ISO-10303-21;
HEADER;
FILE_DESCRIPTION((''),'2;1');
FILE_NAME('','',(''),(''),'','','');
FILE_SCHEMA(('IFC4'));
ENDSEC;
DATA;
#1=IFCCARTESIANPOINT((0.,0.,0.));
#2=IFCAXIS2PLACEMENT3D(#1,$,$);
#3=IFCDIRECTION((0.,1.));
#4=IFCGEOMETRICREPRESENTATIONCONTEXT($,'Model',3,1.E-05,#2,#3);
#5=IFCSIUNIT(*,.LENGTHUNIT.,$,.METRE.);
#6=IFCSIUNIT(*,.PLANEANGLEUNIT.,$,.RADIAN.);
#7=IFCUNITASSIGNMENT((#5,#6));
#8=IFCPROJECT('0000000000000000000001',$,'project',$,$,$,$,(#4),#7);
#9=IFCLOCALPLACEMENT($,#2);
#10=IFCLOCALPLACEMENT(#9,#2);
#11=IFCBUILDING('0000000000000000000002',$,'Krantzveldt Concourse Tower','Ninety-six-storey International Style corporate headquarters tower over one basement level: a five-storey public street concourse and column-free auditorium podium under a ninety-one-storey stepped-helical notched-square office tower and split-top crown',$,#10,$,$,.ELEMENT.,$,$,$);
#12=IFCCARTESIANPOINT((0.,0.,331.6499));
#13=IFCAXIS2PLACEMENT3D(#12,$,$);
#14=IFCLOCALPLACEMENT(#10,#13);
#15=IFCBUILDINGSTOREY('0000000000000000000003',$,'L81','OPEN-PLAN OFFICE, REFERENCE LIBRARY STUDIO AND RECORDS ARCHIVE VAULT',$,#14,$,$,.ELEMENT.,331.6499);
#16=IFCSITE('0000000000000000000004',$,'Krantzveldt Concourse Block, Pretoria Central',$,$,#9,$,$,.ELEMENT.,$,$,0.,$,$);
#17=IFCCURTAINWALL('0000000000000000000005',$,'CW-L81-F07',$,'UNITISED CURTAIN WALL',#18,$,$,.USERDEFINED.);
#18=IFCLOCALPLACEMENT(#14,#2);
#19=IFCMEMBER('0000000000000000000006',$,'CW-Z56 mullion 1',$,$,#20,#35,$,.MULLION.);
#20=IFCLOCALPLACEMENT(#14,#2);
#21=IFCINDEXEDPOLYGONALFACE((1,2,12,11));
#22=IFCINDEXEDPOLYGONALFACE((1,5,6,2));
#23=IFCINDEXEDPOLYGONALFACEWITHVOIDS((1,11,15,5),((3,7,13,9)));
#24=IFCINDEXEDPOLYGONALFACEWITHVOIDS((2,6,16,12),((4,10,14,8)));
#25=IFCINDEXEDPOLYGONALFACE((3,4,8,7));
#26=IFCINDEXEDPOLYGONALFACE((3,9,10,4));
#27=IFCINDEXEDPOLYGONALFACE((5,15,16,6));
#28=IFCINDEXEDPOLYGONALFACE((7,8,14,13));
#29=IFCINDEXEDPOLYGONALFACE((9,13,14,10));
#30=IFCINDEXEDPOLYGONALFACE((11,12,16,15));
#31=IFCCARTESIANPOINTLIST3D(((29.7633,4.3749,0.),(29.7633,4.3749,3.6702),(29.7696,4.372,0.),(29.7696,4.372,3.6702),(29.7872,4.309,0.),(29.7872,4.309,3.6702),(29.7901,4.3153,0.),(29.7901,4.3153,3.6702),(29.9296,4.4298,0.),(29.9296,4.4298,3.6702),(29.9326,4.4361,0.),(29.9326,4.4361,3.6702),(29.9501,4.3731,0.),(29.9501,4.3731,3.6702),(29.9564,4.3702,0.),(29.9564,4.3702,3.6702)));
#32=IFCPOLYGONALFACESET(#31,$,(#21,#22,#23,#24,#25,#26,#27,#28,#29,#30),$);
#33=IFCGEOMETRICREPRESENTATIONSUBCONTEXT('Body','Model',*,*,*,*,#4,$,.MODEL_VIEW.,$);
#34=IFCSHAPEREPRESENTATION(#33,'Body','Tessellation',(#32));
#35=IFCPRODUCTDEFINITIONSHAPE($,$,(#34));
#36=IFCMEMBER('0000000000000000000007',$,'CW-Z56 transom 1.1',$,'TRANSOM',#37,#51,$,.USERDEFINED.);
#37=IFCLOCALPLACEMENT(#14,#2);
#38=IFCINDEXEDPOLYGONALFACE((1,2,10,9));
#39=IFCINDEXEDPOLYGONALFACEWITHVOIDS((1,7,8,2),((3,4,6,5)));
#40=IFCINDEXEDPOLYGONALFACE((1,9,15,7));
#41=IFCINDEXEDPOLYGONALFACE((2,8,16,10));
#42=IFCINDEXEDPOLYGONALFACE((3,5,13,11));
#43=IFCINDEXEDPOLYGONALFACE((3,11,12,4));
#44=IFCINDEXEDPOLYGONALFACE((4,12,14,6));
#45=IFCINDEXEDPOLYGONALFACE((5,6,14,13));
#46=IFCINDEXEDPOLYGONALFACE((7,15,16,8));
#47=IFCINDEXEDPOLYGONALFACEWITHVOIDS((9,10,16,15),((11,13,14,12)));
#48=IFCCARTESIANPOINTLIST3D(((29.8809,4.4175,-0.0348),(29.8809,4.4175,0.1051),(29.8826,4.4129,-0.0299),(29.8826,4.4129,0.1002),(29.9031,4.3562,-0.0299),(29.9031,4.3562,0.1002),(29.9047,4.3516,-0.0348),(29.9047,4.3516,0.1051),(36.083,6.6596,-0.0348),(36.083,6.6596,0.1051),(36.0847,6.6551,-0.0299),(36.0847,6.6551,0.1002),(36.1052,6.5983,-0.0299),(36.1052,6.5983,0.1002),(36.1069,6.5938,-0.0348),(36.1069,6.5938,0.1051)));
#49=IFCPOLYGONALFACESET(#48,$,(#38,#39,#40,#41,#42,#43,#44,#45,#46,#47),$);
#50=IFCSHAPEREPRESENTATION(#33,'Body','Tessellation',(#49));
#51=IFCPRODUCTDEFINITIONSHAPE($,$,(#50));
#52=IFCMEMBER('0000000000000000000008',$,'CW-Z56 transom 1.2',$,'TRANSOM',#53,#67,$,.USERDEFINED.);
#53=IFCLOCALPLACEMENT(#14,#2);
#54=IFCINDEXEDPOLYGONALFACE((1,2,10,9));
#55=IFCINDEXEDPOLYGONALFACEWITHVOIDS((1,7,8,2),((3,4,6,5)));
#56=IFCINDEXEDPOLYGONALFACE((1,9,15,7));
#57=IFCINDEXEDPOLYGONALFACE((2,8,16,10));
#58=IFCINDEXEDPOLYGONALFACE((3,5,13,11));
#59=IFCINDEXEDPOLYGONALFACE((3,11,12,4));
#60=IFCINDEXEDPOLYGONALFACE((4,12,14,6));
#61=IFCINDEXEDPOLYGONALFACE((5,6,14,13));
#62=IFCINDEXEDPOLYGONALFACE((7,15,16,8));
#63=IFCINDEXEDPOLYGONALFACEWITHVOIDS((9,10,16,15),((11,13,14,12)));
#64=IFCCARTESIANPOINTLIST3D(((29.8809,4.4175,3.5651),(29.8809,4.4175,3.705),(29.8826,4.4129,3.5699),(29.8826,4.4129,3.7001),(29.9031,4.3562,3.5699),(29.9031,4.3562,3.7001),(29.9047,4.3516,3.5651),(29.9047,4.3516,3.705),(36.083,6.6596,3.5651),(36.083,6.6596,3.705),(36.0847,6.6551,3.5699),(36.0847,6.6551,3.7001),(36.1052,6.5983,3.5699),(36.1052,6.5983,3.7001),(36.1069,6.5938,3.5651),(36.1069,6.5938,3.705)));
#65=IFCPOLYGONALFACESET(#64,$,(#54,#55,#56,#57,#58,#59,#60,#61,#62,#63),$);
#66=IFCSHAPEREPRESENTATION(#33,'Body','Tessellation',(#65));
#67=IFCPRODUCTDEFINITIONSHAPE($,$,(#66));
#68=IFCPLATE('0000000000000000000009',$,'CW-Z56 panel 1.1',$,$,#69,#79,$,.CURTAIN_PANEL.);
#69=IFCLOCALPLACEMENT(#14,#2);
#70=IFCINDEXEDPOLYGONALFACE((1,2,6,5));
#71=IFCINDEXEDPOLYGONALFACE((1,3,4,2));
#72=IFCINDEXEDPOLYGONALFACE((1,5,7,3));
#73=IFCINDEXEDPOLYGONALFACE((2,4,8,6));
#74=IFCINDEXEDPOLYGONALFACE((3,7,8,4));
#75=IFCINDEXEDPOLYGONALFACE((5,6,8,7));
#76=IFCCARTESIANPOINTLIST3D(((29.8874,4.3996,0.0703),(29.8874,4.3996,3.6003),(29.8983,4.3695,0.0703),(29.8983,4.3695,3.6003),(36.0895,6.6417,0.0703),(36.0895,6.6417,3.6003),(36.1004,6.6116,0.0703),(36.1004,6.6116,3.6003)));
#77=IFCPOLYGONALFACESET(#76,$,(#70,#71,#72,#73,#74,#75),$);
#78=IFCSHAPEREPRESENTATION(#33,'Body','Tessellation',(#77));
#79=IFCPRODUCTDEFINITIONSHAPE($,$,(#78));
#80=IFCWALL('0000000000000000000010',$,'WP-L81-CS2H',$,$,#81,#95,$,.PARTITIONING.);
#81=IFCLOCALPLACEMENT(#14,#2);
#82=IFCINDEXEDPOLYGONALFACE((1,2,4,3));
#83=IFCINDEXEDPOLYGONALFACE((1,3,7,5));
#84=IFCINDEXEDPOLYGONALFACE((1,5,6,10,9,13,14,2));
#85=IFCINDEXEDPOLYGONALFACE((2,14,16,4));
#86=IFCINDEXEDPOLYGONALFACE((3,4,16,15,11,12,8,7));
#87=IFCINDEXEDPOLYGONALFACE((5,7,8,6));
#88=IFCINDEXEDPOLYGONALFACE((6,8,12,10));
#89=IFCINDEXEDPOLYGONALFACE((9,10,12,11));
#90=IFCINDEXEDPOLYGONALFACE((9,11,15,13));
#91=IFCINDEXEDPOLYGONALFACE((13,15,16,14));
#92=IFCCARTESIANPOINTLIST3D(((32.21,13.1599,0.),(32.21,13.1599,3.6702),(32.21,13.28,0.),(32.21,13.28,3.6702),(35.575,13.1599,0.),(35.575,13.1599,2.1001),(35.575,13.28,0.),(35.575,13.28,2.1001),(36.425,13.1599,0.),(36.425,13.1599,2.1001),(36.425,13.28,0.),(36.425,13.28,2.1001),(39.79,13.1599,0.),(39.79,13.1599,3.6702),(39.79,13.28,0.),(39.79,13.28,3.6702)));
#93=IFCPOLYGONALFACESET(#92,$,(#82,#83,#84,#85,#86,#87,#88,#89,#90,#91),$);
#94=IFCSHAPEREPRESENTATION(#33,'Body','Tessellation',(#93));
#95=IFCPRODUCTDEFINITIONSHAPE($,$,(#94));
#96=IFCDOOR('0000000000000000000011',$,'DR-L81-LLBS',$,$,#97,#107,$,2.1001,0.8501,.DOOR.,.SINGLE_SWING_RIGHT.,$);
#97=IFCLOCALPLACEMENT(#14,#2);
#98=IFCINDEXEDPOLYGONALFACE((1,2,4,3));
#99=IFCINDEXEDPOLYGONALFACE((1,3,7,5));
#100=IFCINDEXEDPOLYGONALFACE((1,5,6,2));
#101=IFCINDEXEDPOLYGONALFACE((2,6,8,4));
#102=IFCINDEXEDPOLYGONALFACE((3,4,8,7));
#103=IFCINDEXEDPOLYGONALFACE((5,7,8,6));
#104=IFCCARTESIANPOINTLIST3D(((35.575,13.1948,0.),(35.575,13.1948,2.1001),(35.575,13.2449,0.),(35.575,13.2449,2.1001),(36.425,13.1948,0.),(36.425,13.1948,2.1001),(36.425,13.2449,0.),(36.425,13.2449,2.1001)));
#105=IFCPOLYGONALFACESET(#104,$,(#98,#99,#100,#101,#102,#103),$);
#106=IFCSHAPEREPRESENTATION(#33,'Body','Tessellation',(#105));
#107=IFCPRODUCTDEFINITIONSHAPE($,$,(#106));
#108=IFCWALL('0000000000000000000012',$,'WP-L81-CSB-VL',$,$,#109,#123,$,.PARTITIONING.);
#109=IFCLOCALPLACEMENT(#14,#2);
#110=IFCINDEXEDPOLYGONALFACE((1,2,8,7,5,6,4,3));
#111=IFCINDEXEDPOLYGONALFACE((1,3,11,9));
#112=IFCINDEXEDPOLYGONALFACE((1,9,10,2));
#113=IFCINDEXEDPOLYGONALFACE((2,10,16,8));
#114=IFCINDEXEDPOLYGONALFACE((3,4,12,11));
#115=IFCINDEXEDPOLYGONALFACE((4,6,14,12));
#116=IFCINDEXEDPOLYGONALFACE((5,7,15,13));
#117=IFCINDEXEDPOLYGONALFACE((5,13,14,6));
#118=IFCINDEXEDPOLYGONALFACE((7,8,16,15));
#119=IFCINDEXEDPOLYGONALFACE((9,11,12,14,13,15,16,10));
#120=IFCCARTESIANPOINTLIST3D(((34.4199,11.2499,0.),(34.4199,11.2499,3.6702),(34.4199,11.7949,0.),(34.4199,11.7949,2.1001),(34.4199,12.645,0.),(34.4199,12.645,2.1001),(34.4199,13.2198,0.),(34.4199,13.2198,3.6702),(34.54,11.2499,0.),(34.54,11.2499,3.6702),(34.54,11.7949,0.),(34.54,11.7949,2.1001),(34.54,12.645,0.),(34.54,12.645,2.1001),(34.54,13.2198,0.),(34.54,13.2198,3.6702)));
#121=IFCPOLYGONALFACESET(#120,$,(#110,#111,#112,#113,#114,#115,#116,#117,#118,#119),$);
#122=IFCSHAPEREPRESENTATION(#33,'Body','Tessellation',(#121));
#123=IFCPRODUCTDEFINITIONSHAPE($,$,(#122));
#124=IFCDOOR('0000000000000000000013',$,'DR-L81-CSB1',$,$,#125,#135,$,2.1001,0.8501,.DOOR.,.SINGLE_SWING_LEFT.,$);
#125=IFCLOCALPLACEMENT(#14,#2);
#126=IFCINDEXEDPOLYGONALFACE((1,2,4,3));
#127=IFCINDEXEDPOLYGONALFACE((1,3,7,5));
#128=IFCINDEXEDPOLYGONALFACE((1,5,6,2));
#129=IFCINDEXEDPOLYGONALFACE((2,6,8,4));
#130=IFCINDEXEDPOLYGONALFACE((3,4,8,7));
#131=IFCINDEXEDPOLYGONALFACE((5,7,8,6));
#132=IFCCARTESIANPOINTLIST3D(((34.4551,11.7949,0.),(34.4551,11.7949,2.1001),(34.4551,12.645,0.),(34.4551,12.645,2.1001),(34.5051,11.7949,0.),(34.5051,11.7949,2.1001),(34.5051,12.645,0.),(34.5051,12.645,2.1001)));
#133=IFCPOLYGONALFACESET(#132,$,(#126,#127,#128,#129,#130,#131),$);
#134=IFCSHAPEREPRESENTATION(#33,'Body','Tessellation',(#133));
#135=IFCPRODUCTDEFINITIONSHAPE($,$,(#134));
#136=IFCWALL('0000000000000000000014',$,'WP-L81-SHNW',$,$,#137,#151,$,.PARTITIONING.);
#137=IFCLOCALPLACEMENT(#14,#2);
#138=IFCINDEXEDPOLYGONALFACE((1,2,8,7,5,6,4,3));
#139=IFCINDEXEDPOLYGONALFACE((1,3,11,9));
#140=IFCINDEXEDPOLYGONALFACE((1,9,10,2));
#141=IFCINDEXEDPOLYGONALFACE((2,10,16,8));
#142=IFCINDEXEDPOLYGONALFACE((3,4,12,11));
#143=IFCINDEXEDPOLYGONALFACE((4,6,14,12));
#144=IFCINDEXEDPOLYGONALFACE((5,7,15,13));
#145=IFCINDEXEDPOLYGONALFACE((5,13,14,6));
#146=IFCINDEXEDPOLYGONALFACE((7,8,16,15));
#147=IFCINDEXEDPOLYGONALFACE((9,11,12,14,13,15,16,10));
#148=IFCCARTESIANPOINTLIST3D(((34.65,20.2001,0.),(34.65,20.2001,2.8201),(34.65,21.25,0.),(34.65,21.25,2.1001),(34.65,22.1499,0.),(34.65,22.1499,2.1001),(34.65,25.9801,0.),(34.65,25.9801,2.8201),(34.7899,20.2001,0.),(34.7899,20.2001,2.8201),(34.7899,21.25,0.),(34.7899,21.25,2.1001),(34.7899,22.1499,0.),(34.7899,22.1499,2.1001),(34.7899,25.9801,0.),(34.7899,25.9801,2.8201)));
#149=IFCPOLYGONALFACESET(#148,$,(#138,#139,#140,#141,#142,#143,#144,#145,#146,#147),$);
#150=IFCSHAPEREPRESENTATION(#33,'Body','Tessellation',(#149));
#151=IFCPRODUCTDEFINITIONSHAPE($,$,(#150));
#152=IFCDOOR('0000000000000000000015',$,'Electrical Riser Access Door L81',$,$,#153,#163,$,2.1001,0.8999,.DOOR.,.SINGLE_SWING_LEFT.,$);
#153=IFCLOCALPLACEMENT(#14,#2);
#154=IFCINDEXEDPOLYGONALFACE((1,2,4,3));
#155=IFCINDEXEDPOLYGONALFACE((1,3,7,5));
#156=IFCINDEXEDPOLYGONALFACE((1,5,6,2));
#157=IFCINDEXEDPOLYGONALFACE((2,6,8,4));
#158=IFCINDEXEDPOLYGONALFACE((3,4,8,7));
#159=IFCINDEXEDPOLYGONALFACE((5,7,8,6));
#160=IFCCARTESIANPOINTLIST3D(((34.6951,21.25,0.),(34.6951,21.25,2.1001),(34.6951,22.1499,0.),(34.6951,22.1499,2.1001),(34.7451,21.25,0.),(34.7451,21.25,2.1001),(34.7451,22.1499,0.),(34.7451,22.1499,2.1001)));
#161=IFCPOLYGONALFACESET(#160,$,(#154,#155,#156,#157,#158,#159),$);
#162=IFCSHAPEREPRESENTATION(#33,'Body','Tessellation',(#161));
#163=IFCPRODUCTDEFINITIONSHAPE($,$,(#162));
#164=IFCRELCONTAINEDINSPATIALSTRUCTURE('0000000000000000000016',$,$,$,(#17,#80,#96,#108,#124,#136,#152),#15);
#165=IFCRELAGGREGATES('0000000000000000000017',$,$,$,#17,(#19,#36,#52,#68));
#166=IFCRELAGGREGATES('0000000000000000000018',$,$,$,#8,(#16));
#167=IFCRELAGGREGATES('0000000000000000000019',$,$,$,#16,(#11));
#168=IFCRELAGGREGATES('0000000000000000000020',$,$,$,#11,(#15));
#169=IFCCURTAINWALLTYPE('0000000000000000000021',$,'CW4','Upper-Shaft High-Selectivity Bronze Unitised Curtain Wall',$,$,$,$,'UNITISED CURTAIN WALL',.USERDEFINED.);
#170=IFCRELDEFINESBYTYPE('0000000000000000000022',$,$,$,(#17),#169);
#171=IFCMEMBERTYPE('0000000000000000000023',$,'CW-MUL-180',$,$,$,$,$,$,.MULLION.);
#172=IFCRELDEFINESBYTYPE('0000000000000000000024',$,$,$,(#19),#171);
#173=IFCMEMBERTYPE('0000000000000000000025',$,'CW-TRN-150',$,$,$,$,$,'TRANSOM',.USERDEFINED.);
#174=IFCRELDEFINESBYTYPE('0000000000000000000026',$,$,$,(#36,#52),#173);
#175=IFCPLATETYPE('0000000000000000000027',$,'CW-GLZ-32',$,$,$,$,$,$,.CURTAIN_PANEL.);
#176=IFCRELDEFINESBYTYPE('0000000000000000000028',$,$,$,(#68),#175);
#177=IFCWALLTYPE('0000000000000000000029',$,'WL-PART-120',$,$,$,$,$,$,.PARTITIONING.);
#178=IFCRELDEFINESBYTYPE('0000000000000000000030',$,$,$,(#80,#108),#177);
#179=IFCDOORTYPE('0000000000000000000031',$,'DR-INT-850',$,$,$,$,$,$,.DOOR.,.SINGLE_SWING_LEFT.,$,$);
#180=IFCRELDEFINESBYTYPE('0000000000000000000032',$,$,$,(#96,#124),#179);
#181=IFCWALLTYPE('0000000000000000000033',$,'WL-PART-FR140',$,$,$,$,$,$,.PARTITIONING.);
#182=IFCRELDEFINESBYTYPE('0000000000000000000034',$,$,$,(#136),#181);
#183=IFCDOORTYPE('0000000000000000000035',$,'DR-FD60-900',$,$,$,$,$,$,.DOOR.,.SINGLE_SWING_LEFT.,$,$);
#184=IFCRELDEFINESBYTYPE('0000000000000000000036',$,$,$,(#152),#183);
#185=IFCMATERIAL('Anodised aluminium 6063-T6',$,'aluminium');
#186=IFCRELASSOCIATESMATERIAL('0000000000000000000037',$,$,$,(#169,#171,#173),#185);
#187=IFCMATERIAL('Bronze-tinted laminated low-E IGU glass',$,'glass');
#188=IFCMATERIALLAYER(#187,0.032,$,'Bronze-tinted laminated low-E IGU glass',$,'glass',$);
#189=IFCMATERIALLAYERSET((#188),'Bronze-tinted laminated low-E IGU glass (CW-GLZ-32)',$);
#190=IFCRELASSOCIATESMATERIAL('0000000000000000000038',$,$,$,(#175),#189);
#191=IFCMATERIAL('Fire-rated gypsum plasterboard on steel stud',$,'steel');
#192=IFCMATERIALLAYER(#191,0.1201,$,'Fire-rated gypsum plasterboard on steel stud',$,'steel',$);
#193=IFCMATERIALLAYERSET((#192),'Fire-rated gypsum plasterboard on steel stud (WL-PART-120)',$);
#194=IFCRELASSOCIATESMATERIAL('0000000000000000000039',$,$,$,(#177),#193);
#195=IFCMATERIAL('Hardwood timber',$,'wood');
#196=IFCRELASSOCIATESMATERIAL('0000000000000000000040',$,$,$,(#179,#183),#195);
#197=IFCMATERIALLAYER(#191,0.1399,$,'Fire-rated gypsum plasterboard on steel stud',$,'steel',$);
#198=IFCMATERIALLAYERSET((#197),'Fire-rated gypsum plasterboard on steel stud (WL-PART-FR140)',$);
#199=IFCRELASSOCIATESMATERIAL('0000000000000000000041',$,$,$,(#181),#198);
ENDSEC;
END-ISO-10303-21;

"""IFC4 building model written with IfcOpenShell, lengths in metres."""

from ifc_helpers import new_model, si_unit, direction, frame, frame_2d, origin, origin_2d, place, context, subcontext, project, spatial, rectangle, hollow_rectangle, extrude, source, transform, mapped, material, layer, layer_set, material_profile, profile_set, type_object, type_shapes, element, fill, aggregate, save


model = new_model("IFC4")

# Units and contexts
model_context = context("Model", 3, precision=1e-05, world=origin(), true_north=direction((0.0, 1.0)))
body_context = subcontext(model_context, "Body", "Model", "MODEL_VIEW")
ifc_project = project(units=[si_unit("LENGTHUNIT", "METRE"), si_unit("PLANEANGLEUNIT", "RADIAN")], contexts=[model_context])

# Site, building, storey
site_placement = place(None, origin())
site = spatial("IfcSite", under=ifc_project, at=site_placement, Name="Krantzveldt Concourse Block, Pretoria Central", CompositionType="ELEMENT", RefElevation=0.0)
building_placement = place(site_placement, origin())
building = spatial("IfcBuilding", under=site, at=building_placement, Name="Krantzveldt Concourse Tower", Description="Ninety-six-storey International Style corporate headquarters tower over one basement level: a five-storey public street concourse and column-free auditorium podium under a ninety-one-storey stepped-helical notched-square office tower and split-top crown", CompositionType="ELEMENT")
storey_placement = place(building_placement, frame((0.0, 0.0, 331.6499)))
storey = spatial("IfcBuildingStorey", under=building, at=storey_placement, Name="L81", Description="OPEN-PLAN OFFICE, REFERENCE LIBRARY STUDIO AND RECORDS ARCHIVE VAULT", CompositionType="ELEMENT", Elevation=331.6499)

# Curtain wall, members, plate
ifc_material_1 = material(Name="Anodised aluminium 6063-T6", Category="aluminium")
curtain_wall_type = type_object("IfcCurtainWallType", Name="CW4", Description="Upper-Shaft High-Selectivity Bronze Unitised Curtain Wall", ElementType="UNITISED CURTAIN WALL", PredefinedType="USERDEFINED", material=ifc_material_1)
curtain_wall_placement = place(storey_placement, origin())
curtain_wall = element("IfcCurtainWall", 1, at=curtain_wall_placement, inside=storey, type_object=curtain_wall_type, Name="CW-L81-F07", ObjectType="UNITISED CURTAIN WALL", PredefinedType="USERDEFINED")
ifc_material_profile_1 = material_profile(ifc_material_1, hollow_rectangle(XDim=0.0701, YDim=0.1799, WallThickness=0.0049, at=origin_2d()), Name="Anodised aluminium 6063-T6", Category="aluminium")
ifc_profile_set_1 = profile_set([ifc_material_profile_1], Name="Anodised aluminium 6063-T6 - ALU-MULL 180x70x5")
member_type_1 = type_object("IfcMemberType", Name="CW-MUL-180", PredefinedType="MULLION", material=ifc_profile_set_1)
shared_shape_1 = source(origin(), body_context, "Body", "SweptSolid", [
    extrude(hollow_rectangle(XDim=0.0701, YDim=0.1799, WallThickness=0.0049, at=origin_2d()), origin(), (0.0, 0.0, 1.0), 3.6702),
])
type_shapes(member_type_1, [shared_shape_1])
member_1_placement = place(storey_placement, frame((29.8599, 4.3726, 0.0), z_axis=(0.0, 0.0, 1.0), x_axis=(-0.339969, 0.940437, 0.0)))
member_1 = element("IfcMember", 2, at=member_1_placement, type_object=member_type_1, Name="CW-Z56 mullion 1", PredefinedType="MULLION", context=body_context, shape_type="MappedRepresentation", body=[
    mapped(shared_shape_1, transform((0.0, 0.0, 0.0), x_axis=(1.0, 0.0, 0.0), y_axis=(0.0, 1.0, 0.0), z_axis=(0.0, 0.0, 1.0), scale=1.0)),
])
ifc_material_profile_2 = material_profile(ifc_material_1, hollow_rectangle(XDim=0.0701, YDim=0.1399, WallThickness=0.0049, at=origin_2d()), Name="Anodised aluminium 6063-T6", Category="aluminium")
ifc_profile_set_2 = profile_set([ifc_material_profile_2], Name="Anodised aluminium 6063-T6 - ALU-TRAN 140x70x5")
member_type_2 = type_object("IfcMemberType", Name="CW-TRN-150", ElementType="TRANSOM", PredefinedType="USERDEFINED", material=ifc_profile_set_2)
shared_shape_2 = source(origin(), body_context, "Body", "SweptSolid", [
    extrude(hollow_rectangle(XDim=0.0701, YDim=0.1399, WallThickness=0.0049, at=origin_2d()), origin(), (0.0, 0.0, 1.0), 6.595),
])
type_shapes(member_type_2, [shared_shape_2])
member_2_placement = place(storey_placement, frame((29.8928, 4.3845, 0.0352), z_axis=(0.940432, 0.339983, 0.0), x_axis=(-0.339983, 0.940432, 0.0)))
member_2 = element("IfcMember", 3, at=member_2_placement, type_object=member_type_2, Name="CW-Z56 transom 1.1", ObjectType="TRANSOM", PredefinedType="USERDEFINED", context=body_context, shape_type="MappedRepresentation", body=[
    mapped(shared_shape_2, transform((0.0, 0.0, 0.0), x_axis=(1.0, 0.0, 0.0), y_axis=(0.0, 1.0, 0.0), z_axis=(0.0, 0.0, 1.0), scale=1.0)),
])
member_3_placement = place(storey_placement, frame((29.8928, 4.3845, 3.635), z_axis=(0.940432, 0.339983, 0.0), x_axis=(-0.339983, 0.940432, 0.0)))
member_3 = element("IfcMember", 4, at=member_3_placement, type_object=member_type_2, Name="CW-Z56 transom 1.2", ObjectType="TRANSOM", PredefinedType="USERDEFINED", context=body_context, shape_type="MappedRepresentation", body=[
    mapped(shared_shape_2, transform((0.0, 0.0, 0.0), x_axis=(1.0, 0.0, 0.0), y_axis=(0.0, 1.0, 0.0), z_axis=(0.0, 0.0, 1.0), scale=1.0)),
])
ifc_material_2 = material(Name="Bronze-tinted laminated low-E IGU glass", Category="glass")
ifc_layer_1 = layer(ifc_material_2, 0.032, Name="Bronze-tinted laminated low-E IGU glass", Category="glass")
ifc_layer_set_1 = layer_set([ifc_layer_1], Name="Bronze-tinted laminated low-E IGU glass (CW-GLZ-32)")
plate_type = type_object("IfcPlateType", Name="CW-GLZ-32", PredefinedType="CURTAIN_PANEL", material=ifc_layer_set_1)
shared_shape_3 = source(origin(), body_context, "Body", "SweptSolid", [
    extrude(rectangle(XDim=6.595, YDim=0.032, at=origin_2d()), origin(), (0.0, 0.0, 1.0), 3.53),
])
type_shapes(plate_type, [shared_shape_3])
plate_placement = place(storey_placement, frame((32.9939, 5.5056, 0.0703), z_axis=(0.0, 0.0, 1.0), x_axis=(0.940437, 0.339969, 0.0)))
plate = element("IfcPlate", 5, at=plate_placement, type_object=plate_type, Name="CW-Z56 panel 1.1", PredefinedType="CURTAIN_PANEL", context=body_context, shape_type="MappedRepresentation", body=[
    mapped(shared_shape_3, transform((0.0, 0.0, 0.0), x_axis=(1.0, 0.0, 0.0), y_axis=(0.0, 1.0, 0.0), z_axis=(0.0, 0.0, 1.0), scale=1.0)),
])
aggregate(curtain_wall, [member_1, member_2, member_3, plate])

# Walls, openings, doors
ifc_material_3 = material(Name="Fire-rated gypsum plasterboard on steel stud", Category="steel")
ifc_layer_2 = layer(ifc_material_3, 0.1201, Name="Fire-rated gypsum plasterboard on steel stud", Category="steel")
ifc_layer_set_2 = layer_set([ifc_layer_2], Name="Fire-rated gypsum plasterboard on steel stud (WL-PART-120)")
wall_type_1 = type_object("IfcWallType", Name="WL-PART-120", PredefinedType="PARTITIONING", material=ifc_layer_set_2)
wall_1_placement = place(storey_placement, frame((32.21, 13.22, 0.0), z_axis=(0.0, 0.0, 1.0), x_axis=(1.0, 0.0, 0.0)))
wall_1 = element("IfcWall", 6, at=wall_1_placement, inside=storey, type_object=wall_type_1, Name="WP-L81-CS2H", PredefinedType="PARTITIONING", context=body_context, shape_type="SweptSolid", body=[
    extrude(rectangle(XDim=7.5801, YDim=0.1201, at=frame_2d((3.79, 0.0))), origin(), (0.0, 0.0, 1.0), 3.6702),
])
opening_1_placement = place(wall_1_placement, frame((3.365, 0.0, 0.0)))
opening_1 = element("IfcOpeningElement", 7, at=opening_1_placement, cuts=wall_1, PredefinedType="OPENING", context=body_context, shape_type="SweptSolid", body=[
    extrude(rectangle(XDim=0.8501, YDim=2.1001, at=frame_2d((0.425, 1.05))), frame((0.0, 0.0701, 0.0), z_axis=(0.0, -1.0, 0.0), x_axis=(1.0, 0.0, 0.0)), (0.0, 0.0, 1.0), 0.1401),
])
ifc_material_4 = material(Name="Hardwood timber", Category="wood")
door_type_1 = type_object("IfcDoorType", Name="DR-INT-850", OperationType="SINGLE_SWING_LEFT", PredefinedType="DOOR", material=ifc_material_4)
door_1_placement = place(opening_1_placement, origin())
door_1 = element("IfcDoor", 8, at=door_1_placement, inside=storey, type_object=door_type_1, Name="DR-L81-LLBS", OperationType="SINGLE_SWING_RIGHT", OverallHeight=2.1001, OverallWidth=0.8501, PredefinedType="DOOR", context=body_context, shape_type="SweptSolid", body=[
    extrude(rectangle(XDim=0.8501, YDim=2.1001, at=frame_2d((0.425, 1.05))), frame((0.0, 0.0249, 0.0), z_axis=(0.0, -1.0, 0.0), x_axis=(1.0, 0.0, 0.0)), (0.0, 0.0, 1.0), 0.05),
])
fill(opening_1, door_1)
wall_2_placement = place(storey_placement, frame((34.48, 11.25, 0.0), z_axis=(0.0, 0.0, 1.0), x_axis=(0.0, 1.0, 0.0)))
wall_2 = element("IfcWall", 9, at=wall_2_placement, inside=storey, type_object=wall_type_1, Name="WP-L81-CSB-VL", PredefinedType="PARTITIONING", context=body_context, shape_type="SweptSolid", body=[
    extrude(rectangle(XDim=1.97, YDim=0.1201, at=frame_2d((0.9849, 0.0))), origin(), (0.0, 0.0, 1.0), 3.6702),
])
opening_2_placement = place(wall_2_placement, frame((0.5449, 0.0, 0.0)))
opening_2 = element("IfcOpeningElement", 10, at=opening_2_placement, cuts=wall_2, PredefinedType="OPENING", context=body_context, shape_type="SweptSolid", body=[
    extrude(rectangle(XDim=0.8501, YDim=2.1001, at=frame_2d((0.425, 1.05))), frame((0.0, 0.0701, 0.0), z_axis=(0.0, -1.0, 0.0), x_axis=(1.0, 0.0, 0.0)), (0.0, 0.0, 1.0), 0.1401),
])
door_2_placement = place(opening_2_placement, origin())
door_2 = element("IfcDoor", 11, at=door_2_placement, inside=storey, type_object=door_type_1, Name="DR-L81-CSB1", OperationType="SINGLE_SWING_LEFT", OverallHeight=2.1001, OverallWidth=0.8501, PredefinedType="DOOR", context=body_context, shape_type="SweptSolid", body=[
    extrude(rectangle(XDim=0.8501, YDim=2.1001, at=frame_2d((0.425, 1.05))), frame((0.0, 0.0249, 0.0), z_axis=(0.0, -1.0, 0.0), x_axis=(1.0, 0.0, 0.0)), (0.0, 0.0, 1.0), 0.05),
])
fill(opening_2, door_2)
ifc_layer_3 = layer(ifc_material_3, 0.1399, Name="Fire-rated gypsum plasterboard on steel stud", Category="steel")
ifc_layer_set_3 = layer_set([ifc_layer_3], Name="Fire-rated gypsum plasterboard on steel stud (WL-PART-FR140)")
wall_type_2 = type_object("IfcWallType", Name="WL-PART-FR140", PredefinedType="PARTITIONING", material=ifc_layer_set_3)
wall_3_placement = place(storey_placement, frame((34.72, 20.2, 0.0), z_axis=(0.0, 0.0, 1.0), x_axis=(0.0, 1.0, 0.0)))
wall_3 = element("IfcWall", 12, at=wall_3_placement, inside=storey, type_object=wall_type_2, Name="WP-L81-SHNW", PredefinedType="PARTITIONING", context=body_context, shape_type="SweptSolid", body=[
    extrude(rectangle(XDim=5.78, YDim=0.1399, at=frame_2d((2.8901, 0.0))), origin(), (0.0, 0.0, 1.0), 2.8201),
])
opening_3_placement = place(wall_3_placement, frame((1.05, 0.0, 0.0)))
opening_3 = element("IfcOpeningElement", 13, at=opening_3_placement, cuts=wall_3, PredefinedType="OPENING", context=body_context, shape_type="SweptSolid", body=[
    extrude(rectangle(XDim=0.8999, YDim=2.1001, at=frame_2d((0.45, 1.05))), frame((0.0, 0.0801, 0.0), z_axis=(0.0, -1.0, 0.0), x_axis=(1.0, 0.0, 0.0)), (0.0, 0.0, 1.0), 0.1599),
])
door_type_2 = type_object("IfcDoorType", Name="DR-FD60-900", OperationType="SINGLE_SWING_LEFT", PredefinedType="DOOR", material=ifc_material_4)
door_3_placement = place(opening_3_placement, origin())
door_3 = element("IfcDoor", 14, at=door_3_placement, inside=storey, type_object=door_type_2, Name="Electrical Riser Access Door L81", OperationType="SINGLE_SWING_LEFT", OverallHeight=2.1001, OverallWidth=0.8999, PredefinedType="DOOR", context=body_context, shape_type="SweptSolid", body=[
    extrude(rectangle(XDim=0.8999, YDim=2.1001, at=frame_2d((0.45, 1.05))), frame((0.0, 0.0249, 0.0), z_axis=(0.0, -1.0, 0.0), x_axis=(1.0, 0.0, 0.0)), (0.0, 0.0, 1.0), 0.05),
])
fill(opening_3, door_3)

save(model, "model.ifc")
